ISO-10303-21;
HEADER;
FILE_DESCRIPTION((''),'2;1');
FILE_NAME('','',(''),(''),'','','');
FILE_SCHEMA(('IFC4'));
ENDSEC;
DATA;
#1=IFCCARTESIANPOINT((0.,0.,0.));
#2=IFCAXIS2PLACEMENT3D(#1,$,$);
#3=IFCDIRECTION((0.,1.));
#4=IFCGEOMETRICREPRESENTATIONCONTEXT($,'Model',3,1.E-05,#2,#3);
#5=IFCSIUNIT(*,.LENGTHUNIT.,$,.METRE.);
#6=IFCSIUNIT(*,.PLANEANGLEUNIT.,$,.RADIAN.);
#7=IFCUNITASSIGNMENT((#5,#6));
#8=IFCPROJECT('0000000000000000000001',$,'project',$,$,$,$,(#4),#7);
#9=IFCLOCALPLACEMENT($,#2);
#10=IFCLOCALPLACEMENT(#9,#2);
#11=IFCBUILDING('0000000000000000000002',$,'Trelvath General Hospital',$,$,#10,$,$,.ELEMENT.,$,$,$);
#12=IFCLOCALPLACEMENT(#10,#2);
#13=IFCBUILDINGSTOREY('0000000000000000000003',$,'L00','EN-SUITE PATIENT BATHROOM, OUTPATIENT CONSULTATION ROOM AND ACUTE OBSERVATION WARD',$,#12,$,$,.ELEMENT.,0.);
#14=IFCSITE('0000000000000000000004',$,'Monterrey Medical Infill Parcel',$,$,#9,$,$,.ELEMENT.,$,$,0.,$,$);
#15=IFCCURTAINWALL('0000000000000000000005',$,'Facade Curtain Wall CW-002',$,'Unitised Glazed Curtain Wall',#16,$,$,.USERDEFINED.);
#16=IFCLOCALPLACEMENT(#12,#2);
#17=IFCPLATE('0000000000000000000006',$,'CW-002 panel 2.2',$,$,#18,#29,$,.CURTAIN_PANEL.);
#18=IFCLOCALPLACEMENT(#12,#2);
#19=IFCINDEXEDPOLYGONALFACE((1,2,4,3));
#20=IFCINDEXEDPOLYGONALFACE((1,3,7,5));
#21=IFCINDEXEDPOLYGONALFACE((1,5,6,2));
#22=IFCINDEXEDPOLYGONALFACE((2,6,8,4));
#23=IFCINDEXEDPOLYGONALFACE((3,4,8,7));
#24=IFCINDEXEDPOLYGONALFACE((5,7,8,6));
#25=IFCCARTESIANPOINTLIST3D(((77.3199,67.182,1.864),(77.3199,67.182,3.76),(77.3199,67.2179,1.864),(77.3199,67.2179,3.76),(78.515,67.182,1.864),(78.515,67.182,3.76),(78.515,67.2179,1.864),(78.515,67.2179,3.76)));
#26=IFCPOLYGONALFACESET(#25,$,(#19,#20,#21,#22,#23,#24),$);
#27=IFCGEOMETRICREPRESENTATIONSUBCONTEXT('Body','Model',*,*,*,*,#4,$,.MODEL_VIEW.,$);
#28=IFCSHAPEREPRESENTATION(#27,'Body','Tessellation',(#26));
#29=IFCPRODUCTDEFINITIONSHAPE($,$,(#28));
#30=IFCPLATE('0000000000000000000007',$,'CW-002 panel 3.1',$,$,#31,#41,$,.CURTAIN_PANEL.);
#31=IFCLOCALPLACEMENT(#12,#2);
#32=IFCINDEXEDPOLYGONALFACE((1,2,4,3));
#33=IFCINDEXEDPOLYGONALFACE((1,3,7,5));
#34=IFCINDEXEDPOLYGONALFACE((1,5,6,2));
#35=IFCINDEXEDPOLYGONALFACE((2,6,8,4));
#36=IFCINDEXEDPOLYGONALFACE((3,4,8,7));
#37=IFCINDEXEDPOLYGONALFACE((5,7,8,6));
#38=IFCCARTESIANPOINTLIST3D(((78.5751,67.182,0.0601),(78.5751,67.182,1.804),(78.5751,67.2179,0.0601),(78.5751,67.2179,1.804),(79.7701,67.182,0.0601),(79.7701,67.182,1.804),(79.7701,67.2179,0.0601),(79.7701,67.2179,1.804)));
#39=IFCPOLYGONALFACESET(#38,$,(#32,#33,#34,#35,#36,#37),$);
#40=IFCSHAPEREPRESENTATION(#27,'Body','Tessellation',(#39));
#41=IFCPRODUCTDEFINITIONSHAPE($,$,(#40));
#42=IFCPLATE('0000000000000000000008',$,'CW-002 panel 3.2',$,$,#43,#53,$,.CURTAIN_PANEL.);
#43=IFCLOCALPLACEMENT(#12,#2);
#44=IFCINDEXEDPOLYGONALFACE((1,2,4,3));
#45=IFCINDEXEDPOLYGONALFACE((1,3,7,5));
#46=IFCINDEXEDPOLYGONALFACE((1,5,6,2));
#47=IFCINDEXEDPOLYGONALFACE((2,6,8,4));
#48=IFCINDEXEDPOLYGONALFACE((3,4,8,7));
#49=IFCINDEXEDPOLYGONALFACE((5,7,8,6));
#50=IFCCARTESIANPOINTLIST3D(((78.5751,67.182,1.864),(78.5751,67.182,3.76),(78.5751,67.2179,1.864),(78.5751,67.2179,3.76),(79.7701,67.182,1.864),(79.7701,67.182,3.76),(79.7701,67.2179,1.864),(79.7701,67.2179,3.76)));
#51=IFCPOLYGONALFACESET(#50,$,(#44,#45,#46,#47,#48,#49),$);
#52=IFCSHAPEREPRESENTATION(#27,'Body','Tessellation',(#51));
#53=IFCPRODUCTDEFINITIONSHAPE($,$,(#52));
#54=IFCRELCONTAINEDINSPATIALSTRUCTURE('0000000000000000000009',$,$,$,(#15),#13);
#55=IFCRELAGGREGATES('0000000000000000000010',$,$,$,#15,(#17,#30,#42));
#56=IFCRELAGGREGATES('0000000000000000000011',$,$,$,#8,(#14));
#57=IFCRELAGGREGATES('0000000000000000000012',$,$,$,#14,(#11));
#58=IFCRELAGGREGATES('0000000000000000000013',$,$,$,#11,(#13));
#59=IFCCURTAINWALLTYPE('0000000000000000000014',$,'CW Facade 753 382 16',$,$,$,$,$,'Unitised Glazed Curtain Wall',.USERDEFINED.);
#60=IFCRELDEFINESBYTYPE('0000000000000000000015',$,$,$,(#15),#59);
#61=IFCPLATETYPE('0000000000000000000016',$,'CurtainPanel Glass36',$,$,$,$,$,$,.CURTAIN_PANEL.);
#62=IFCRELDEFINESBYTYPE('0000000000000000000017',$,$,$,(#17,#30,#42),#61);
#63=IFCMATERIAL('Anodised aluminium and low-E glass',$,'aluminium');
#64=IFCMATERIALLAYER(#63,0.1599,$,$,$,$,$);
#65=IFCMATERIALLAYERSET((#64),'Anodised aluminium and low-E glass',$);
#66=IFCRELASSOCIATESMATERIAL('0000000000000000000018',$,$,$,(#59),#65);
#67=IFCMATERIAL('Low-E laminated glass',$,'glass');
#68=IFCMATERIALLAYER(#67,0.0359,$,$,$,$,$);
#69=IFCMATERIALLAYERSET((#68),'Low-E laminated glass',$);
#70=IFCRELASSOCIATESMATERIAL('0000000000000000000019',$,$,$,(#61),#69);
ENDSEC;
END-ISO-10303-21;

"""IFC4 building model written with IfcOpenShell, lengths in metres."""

from ifc_helpers import new_model, si_unit, direction, frame, origin, origin_2d, place, context, subcontext, project, spatial, rectangle, extrude, material, layer, layer_set, type_object, element, aggregate, save


model = new_model("IFC4")

# Units and contexts
model_context = context("Model", 3, precision=1e-05, world=origin(), true_north=direction((0.0, 1.0)))
body_context = subcontext(model_context, "Body", "Model", "MODEL_VIEW")
ifc_project = project(units=[si_unit("LENGTHUNIT", "METRE"), si_unit("PLANEANGLEUNIT", "RADIAN")], contexts=[model_context])

# Site, building, storey
site_placement = place(None, origin())
site = spatial("IfcSite", under=ifc_project, at=site_placement, Name="Monterrey Medical Infill Parcel", CompositionType="ELEMENT", RefElevation=0.0)
building_placement = place(site_placement, origin())
building = spatial("IfcBuilding", under=site, at=building_placement, Name="Trelvath General Hospital", CompositionType="ELEMENT")
storey_placement = place(building_placement, origin())
storey = spatial("IfcBuildingStorey", under=building, at=storey_placement, Name="L00", Description="EN-SUITE PATIENT BATHROOM, OUTPATIENT CONSULTATION ROOM AND ACUTE OBSERVATION WARD", CompositionType="ELEMENT", Elevation=0.0)

# Curtain wall, plates
ifc_material_1 = material(Name="Anodised aluminium and low-E glass", Category="aluminium")
ifc_layer_1 = layer(ifc_material_1, 0.1599)
ifc_layer_set_1 = layer_set([ifc_layer_1], Name="Anodised aluminium and low-E glass")
curtain_wall_type = type_object("IfcCurtainWallType", Name="CW Facade 753 382 16", ElementType="Unitised Glazed Curtain Wall", PredefinedType="USERDEFINED", material=ifc_layer_set_1)
curtain_wall_placement = place(storey_placement, origin())
curtain_wall = element("IfcCurtainWall", 1, at=curtain_wall_placement, inside=storey, type_object=curtain_wall_type, Name="Facade Curtain Wall CW-002", ObjectType="Unitised Glazed Curtain Wall", PredefinedType="USERDEFINED")
ifc_material_2 = material(Name="Low-E laminated glass", Category="glass")
ifc_layer_2 = layer(ifc_material_2, 0.0359)
ifc_layer_set_2 = layer_set([ifc_layer_2], Name="Low-E laminated glass")
plate_type = type_object("IfcPlateType", Name="CurtainPanel Glass36", PredefinedType="CURTAIN_PANEL", material=ifc_layer_set_2)
plate_1_placement = place(storey_placement, frame((77.9175, 67.2, 1.864), z_axis=(0.0, 0.0, 1.0), x_axis=(1.0, 0.0, 0.0)))
plate_1 = element("IfcPlate", 2, at=plate_1_placement, type_object=plate_type, Name="CW-002 panel 2.2", PredefinedType="CURTAIN_PANEL", context=body_context, shape_type="SweptSolid", body=[
    extrude(rectangle(XDim=1.1951, YDim=0.0359, at=origin_2d()), origin(), (0.0, 0.0, 1.0), 1.896),
])
plate_2_placement = place(storey_placement, frame((79.1726, 67.2, 0.0601), z_axis=(0.0, 0.0, 1.0), x_axis=(1.0, 0.0, 0.0)))
plate_2 = element("IfcPlate", 3, at=plate_2_placement, type_object=plate_type, Name="CW-002 panel 3.1", PredefinedType="CURTAIN_PANEL", context=body_context, shape_type="SweptSolid", body=[
    extrude(rectangle(XDim=1.1951, YDim=0.0359, at=origin_2d()), origin(), (0.0, 0.0, 1.0), 1.7439),
])
plate_3_placement = place(storey_placement, frame((79.1726, 67.2, 1.864), z_axis=(0.0, 0.0, 1.0), x_axis=(1.0, 0.0, 0.0)))
plate_3 = element("IfcPlate", 4, at=plate_3_placement, type_object=plate_type, Name="CW-002 panel 3.2", PredefinedType="CURTAIN_PANEL", context=body_context, shape_type="SweptSolid", body=[
    extrude(rectangle(XDim=1.1951, YDim=0.0359, at=origin_2d()), origin(), (0.0, 0.0, 1.0), 1.896),
])
aggregate(curtain_wall, [plate_1, plate_2, plate_3])

save(model, "model.ifc")
